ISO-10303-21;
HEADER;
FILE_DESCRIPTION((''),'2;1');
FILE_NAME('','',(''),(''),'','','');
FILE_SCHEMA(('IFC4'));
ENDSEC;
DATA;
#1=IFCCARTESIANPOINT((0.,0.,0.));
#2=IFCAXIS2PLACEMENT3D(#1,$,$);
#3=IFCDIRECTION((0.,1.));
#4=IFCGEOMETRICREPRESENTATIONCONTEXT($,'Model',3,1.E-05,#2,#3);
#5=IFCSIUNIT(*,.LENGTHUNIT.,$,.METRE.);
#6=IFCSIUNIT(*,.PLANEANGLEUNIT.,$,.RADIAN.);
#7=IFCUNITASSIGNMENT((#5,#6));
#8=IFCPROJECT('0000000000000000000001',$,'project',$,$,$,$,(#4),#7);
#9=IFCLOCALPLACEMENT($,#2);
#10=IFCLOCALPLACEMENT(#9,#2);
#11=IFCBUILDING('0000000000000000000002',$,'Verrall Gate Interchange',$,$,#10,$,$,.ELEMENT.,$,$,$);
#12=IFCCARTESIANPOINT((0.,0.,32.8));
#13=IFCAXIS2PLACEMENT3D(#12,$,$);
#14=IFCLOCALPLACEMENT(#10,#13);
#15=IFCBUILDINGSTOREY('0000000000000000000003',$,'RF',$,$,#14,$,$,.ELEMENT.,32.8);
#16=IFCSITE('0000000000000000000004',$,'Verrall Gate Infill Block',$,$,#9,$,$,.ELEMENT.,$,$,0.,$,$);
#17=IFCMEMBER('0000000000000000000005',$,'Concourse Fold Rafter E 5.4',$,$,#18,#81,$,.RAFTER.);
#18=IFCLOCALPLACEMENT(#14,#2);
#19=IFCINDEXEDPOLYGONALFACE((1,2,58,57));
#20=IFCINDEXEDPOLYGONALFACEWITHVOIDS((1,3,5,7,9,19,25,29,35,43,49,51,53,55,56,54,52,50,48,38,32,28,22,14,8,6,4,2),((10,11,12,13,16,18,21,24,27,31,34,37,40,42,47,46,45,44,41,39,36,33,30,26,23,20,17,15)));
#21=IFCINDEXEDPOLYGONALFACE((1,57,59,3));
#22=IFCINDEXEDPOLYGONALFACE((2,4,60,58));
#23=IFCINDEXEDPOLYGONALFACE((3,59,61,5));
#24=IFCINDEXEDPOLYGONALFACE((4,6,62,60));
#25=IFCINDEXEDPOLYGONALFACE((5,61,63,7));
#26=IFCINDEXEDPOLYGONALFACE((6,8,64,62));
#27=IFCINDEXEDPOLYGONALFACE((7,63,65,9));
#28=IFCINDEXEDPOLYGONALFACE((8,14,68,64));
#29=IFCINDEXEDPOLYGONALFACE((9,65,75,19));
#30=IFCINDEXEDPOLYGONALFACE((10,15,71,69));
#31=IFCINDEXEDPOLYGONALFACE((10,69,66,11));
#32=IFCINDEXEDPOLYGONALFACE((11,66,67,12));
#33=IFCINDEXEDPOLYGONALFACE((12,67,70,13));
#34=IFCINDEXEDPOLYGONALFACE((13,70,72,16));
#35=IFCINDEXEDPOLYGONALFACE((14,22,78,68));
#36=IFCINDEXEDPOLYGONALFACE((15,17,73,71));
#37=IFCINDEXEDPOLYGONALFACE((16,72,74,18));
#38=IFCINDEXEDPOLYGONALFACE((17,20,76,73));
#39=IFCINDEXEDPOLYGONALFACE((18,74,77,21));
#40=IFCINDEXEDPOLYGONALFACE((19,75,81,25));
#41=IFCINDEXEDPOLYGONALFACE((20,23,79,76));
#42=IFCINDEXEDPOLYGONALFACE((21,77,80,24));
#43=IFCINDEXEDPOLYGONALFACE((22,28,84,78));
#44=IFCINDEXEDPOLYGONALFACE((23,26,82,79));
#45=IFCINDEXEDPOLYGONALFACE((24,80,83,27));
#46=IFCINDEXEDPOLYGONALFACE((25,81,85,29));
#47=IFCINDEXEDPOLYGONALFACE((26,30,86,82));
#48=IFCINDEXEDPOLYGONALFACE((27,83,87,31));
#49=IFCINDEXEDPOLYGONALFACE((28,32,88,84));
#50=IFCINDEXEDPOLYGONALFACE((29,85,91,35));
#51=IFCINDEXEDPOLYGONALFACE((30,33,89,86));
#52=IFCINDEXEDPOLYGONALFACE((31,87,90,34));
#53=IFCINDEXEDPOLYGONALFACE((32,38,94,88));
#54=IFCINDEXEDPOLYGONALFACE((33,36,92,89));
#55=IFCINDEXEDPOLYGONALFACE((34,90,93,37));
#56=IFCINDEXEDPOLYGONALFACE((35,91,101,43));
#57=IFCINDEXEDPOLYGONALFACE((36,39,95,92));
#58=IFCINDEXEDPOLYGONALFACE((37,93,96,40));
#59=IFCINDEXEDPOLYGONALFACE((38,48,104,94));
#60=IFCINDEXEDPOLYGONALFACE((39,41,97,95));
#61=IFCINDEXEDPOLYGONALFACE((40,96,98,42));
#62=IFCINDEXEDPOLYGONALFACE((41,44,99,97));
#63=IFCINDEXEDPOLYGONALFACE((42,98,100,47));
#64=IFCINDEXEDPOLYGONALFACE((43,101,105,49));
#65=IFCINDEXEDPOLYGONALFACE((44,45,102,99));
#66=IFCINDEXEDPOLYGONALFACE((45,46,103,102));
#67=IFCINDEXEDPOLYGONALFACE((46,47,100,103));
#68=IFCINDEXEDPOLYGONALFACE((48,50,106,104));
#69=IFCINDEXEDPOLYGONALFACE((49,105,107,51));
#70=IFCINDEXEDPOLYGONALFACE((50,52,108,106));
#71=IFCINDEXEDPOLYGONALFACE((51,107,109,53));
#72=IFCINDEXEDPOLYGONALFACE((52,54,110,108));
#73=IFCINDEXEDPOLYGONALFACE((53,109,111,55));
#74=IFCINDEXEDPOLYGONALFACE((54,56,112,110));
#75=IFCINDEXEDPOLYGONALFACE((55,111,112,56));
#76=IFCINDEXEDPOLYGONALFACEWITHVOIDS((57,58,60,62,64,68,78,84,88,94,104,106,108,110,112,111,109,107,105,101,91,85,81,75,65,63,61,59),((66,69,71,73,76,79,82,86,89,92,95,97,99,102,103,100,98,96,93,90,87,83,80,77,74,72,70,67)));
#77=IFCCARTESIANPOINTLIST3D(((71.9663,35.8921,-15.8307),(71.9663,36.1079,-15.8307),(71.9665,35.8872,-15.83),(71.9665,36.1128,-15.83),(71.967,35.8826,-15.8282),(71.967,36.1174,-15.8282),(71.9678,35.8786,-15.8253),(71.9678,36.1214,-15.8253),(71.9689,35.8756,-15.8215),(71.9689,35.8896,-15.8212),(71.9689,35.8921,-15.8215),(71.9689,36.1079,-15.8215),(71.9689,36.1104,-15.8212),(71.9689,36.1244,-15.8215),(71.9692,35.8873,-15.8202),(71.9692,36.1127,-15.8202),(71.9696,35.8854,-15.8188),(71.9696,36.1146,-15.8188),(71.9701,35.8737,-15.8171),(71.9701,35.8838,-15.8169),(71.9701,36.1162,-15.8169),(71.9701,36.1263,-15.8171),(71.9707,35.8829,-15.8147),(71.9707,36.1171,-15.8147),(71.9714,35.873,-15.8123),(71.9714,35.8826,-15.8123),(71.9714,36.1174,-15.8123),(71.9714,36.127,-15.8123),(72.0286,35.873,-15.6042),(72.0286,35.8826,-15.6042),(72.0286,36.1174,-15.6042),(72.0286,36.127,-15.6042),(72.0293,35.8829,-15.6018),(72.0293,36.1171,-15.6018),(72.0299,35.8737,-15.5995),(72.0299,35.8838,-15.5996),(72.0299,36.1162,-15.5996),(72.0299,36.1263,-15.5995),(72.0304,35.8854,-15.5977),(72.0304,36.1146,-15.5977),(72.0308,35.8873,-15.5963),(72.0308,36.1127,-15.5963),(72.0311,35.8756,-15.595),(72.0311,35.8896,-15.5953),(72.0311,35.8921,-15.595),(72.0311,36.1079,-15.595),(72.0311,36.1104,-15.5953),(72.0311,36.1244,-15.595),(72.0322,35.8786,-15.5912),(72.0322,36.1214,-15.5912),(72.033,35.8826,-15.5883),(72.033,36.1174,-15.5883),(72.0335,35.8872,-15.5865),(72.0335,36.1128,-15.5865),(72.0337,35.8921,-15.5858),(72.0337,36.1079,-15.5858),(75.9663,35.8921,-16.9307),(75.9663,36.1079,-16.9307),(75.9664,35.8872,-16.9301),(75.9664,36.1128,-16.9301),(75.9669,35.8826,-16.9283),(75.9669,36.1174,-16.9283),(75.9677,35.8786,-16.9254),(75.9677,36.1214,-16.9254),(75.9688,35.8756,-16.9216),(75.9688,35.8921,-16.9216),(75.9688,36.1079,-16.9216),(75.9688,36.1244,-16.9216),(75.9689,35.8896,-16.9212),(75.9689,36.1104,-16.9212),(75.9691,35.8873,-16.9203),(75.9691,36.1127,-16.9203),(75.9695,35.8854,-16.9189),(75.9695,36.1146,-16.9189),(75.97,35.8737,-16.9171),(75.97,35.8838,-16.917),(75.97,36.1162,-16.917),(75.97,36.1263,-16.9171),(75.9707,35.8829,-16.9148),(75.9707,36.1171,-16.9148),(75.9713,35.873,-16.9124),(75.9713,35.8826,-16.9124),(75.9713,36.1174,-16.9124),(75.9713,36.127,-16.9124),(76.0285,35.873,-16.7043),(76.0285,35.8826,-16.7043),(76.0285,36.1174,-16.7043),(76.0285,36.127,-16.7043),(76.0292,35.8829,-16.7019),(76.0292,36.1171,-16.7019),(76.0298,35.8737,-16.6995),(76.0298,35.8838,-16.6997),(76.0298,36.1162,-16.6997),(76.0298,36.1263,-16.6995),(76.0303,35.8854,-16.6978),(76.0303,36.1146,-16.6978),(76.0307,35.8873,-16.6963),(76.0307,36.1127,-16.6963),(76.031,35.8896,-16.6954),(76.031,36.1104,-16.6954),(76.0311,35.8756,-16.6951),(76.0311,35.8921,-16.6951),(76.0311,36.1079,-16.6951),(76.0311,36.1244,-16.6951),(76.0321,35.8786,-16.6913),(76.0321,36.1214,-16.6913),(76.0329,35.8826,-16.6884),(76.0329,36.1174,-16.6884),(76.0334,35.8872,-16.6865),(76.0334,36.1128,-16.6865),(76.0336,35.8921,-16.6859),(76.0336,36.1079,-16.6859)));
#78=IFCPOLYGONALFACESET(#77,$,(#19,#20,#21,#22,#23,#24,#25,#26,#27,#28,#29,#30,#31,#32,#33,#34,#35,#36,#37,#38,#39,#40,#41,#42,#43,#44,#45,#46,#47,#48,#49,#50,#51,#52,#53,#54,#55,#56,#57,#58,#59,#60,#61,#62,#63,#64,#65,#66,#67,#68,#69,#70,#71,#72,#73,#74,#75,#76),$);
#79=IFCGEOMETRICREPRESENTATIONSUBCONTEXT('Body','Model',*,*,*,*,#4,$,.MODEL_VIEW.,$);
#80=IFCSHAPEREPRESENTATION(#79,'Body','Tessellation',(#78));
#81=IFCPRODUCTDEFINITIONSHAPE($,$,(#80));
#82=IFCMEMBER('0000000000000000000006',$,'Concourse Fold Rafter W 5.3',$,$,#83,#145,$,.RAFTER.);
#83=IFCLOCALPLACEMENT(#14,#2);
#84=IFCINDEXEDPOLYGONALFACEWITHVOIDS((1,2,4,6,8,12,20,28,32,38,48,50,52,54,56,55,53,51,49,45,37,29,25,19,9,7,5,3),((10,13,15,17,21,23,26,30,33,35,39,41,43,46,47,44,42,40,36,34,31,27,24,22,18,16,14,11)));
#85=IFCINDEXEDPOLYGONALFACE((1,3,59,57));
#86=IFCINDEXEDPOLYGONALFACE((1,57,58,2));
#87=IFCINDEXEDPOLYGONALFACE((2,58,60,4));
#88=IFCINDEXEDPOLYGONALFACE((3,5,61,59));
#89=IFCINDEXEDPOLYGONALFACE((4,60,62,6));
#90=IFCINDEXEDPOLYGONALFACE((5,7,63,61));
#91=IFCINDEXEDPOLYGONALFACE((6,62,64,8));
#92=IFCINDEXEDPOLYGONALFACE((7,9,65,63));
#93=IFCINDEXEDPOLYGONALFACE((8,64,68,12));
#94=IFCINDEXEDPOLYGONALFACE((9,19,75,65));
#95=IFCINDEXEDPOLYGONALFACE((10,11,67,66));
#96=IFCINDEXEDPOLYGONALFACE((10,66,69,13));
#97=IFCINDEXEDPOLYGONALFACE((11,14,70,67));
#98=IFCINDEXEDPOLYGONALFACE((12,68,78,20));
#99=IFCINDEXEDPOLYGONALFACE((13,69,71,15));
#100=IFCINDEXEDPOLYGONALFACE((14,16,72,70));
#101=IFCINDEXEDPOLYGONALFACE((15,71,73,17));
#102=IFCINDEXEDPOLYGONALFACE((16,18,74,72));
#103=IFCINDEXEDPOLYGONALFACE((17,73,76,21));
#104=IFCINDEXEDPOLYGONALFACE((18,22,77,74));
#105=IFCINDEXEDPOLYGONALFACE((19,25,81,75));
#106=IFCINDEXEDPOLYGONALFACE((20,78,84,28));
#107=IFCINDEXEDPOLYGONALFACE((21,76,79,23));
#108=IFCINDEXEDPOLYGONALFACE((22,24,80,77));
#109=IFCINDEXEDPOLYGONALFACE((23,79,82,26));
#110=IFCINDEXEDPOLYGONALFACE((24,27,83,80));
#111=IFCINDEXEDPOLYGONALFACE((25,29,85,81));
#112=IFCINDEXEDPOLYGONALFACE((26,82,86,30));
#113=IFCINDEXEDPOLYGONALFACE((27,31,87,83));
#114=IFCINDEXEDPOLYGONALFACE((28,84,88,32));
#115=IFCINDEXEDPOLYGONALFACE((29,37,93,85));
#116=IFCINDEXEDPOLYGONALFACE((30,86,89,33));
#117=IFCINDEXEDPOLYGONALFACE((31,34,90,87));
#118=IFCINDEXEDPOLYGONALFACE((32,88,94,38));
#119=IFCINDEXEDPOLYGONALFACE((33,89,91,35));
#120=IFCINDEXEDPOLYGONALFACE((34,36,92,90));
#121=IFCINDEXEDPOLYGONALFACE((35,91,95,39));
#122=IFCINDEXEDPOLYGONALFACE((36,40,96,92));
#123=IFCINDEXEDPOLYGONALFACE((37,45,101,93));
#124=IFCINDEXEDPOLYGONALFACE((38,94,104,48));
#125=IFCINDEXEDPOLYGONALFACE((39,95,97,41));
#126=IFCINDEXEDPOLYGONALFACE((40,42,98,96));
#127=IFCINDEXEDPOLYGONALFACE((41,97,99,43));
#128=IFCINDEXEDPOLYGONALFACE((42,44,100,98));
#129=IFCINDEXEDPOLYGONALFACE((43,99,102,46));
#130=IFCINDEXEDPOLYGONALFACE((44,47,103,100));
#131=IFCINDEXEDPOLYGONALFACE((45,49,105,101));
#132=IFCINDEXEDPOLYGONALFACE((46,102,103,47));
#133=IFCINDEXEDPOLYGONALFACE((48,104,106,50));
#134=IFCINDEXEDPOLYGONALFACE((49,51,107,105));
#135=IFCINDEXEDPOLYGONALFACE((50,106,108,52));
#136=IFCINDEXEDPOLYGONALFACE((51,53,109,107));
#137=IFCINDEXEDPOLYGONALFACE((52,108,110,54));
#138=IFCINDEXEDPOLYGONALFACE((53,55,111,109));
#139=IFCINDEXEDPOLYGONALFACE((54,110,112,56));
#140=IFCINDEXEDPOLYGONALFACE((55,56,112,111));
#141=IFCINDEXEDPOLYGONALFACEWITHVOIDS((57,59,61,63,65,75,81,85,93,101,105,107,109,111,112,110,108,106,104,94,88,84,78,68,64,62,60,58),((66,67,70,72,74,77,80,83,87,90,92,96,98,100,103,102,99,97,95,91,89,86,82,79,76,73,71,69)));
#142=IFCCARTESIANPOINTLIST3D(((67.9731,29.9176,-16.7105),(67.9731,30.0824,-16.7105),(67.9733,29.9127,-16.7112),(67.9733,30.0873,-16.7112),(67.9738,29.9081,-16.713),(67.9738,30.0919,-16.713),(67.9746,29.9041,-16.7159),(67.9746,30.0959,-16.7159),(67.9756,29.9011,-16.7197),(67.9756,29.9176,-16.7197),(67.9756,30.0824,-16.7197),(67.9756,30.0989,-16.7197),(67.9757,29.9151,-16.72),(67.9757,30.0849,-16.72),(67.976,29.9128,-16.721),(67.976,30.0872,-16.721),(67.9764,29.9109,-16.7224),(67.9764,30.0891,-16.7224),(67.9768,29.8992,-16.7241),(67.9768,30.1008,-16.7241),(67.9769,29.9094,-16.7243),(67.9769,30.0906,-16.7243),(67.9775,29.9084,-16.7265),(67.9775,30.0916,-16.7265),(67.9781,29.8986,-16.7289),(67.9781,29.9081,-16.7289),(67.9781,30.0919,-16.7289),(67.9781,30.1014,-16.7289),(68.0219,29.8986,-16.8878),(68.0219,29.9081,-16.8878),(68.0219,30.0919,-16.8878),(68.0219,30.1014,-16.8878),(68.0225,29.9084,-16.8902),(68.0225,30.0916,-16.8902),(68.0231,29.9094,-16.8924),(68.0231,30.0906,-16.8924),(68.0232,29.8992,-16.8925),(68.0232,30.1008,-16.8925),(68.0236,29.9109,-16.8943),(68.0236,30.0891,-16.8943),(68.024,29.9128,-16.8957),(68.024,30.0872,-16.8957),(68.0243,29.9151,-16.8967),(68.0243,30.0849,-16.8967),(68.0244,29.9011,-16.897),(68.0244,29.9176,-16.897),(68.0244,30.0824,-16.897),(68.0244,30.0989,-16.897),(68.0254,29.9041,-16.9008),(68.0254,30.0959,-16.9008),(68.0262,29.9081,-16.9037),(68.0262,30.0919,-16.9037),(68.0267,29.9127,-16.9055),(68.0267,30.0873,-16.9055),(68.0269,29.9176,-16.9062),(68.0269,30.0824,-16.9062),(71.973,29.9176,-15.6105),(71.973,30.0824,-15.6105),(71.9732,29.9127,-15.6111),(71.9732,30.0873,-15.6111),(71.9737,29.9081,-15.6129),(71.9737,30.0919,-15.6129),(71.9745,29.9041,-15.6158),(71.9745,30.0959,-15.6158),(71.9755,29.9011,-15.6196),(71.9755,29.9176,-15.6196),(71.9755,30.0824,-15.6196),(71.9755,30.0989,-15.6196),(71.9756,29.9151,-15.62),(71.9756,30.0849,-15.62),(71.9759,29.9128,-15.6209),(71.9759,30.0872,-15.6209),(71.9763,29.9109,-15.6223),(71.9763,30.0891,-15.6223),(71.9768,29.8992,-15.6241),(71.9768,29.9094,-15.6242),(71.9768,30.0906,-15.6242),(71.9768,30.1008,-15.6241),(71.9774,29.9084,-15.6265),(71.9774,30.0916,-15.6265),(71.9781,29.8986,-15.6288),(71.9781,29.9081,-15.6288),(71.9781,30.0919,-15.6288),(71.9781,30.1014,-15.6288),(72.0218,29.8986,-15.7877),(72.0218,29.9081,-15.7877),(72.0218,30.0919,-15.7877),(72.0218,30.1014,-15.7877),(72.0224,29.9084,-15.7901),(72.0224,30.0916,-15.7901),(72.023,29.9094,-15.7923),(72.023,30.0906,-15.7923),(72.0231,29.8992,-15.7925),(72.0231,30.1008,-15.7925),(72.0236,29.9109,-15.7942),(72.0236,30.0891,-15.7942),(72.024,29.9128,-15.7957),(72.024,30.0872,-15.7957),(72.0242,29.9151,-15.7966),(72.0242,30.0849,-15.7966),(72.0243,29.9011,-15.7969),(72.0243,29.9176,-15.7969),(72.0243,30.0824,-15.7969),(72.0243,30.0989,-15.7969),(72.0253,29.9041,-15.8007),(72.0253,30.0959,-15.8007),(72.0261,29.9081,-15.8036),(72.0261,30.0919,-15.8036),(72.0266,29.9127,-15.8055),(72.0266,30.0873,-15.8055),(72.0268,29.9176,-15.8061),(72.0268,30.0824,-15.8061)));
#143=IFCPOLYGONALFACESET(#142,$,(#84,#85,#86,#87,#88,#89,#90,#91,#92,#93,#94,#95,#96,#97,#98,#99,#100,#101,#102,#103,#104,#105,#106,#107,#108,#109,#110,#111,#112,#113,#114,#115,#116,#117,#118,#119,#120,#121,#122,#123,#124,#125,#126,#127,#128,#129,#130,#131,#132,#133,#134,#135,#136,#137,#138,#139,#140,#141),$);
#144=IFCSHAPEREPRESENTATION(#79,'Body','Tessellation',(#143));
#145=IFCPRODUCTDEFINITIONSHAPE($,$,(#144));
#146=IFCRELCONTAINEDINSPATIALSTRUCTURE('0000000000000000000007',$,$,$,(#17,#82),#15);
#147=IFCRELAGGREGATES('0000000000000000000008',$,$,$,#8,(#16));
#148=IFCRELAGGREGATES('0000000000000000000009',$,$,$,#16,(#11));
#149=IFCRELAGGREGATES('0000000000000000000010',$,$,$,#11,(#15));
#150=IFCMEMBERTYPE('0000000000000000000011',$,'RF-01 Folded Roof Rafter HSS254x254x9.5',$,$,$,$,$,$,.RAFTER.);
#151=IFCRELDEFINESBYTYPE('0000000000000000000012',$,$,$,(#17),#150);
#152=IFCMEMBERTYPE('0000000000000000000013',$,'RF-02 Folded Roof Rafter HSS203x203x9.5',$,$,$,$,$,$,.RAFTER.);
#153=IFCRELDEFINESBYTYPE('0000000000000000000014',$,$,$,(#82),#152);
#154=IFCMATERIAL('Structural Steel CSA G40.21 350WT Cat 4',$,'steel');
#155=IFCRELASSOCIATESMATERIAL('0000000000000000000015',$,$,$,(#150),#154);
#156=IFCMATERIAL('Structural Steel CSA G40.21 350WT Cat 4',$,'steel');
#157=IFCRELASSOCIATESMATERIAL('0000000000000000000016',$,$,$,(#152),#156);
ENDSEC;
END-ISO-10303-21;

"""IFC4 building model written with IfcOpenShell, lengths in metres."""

from ifc_helpers import new_model, si_unit, direction, frame, origin, origin_2d, place, context, subcontext, project, spatial, hollow_rectangle, extrude, material, material_profile, profile_set, type_object, element, save


model = new_model("IFC4")

# Units and contexts
model_context = context("Model", 3, precision=1e-05, world=origin(), true_north=direction((0.0, 1.0)))
body_context = subcontext(model_context, "Body", "Model", "MODEL_VIEW")
ifc_project = project(units=[si_unit("LENGTHUNIT", "METRE"), si_unit("PLANEANGLEUNIT", "RADIAN")], contexts=[model_context])

# Site, building, storey
site_placement = place(None, origin())
site = spatial("IfcSite", under=ifc_project, at=site_placement, Name="Verrall Gate Infill Block", CompositionType="ELEMENT", RefElevation=0.0)
building_placement = place(site_placement, origin())
building = spatial("IfcBuilding", under=site, at=building_placement, Name="Verrall Gate Interchange", CompositionType="ELEMENT")
storey_placement = place(building_placement, frame((0.0, 0.0, 32.8)))
storey = spatial("IfcBuildingStorey", under=building, at=storey_placement, Name="RF", CompositionType="ELEMENT", Elevation=32.8)

# Members
ifc_material_1 = material(Name="Structural Steel CSA G40.21 350WT Cat 4", Category="steel")
ifc_material_profile_1 = material_profile(ifc_material_1, hollow_rectangle(XDim=0.2539, YDim=0.2539, WallThickness=0.0095, InnerFilletRadius=0.0095, OuterFilletRadius=0.019, at=origin_2d()), Name="HSS254x254x9.5")
ifc_profile_set_1 = profile_set([ifc_material_profile_1], Name="Structural Steel CSA G40.21 350WT Cat 4")
member_type_1 = type_object("IfcMemberType", Name="RF-01 Folded Roof Rafter HSS254x254x9.5", PredefinedType="RAFTER", material=ifc_profile_set_1)
for number, where, z_axis, x_axis, name in (
    (1, (72.0, 36.0, -15.7083), (0.964199, 0.0, -0.265178), (0.0, 1.0, 0.0), "Concourse Fold Rafter E 5.4"),
):
    element("IfcMember", number, at=place(storey_placement, frame(where, z_axis=z_axis, x_axis=x_axis)), inside=storey, type_object=member_type_1, Name=name, PredefinedType="RAFTER", context=body_context, shape_type="SweptSolid", body=[
        extrude(hollow_rectangle(XDim=0.2539, YDim=0.2539, WallThickness=0.0095, InnerFilletRadius=0.0095, OuterFilletRadius=0.019, at=origin_2d()), origin(), (0.0, 0.0, 1.0), 4.1484),
    ])
ifc_material_2 = material(Name="Structural Steel CSA G40.21 350WT Cat 4", Category="steel")
ifc_material_profile_2 = material_profile(ifc_material_2, hollow_rectangle(XDim=0.2029, YDim=0.2029, WallThickness=0.0095, InnerFilletRadius=0.0095, OuterFilletRadius=0.019, at=origin_2d()), Name="HSS203x203x9.5")
ifc_profile_set_2 = profile_set([ifc_material_profile_2], Name="Structural Steel CSA G40.21 350WT Cat 4")
member_type_2 = type_object("IfcMemberType", Name="RF-02 Folded Roof Rafter HSS203x203x9.5", PredefinedType="RAFTER", material=ifc_profile_set_2)
for number, where, z_axis, x_axis, name in (
    (2, (68.0, 30.0, -16.8083), (0.964199, 0.0, 0.265178), (0.0, 1.0, 0.0), "Concourse Fold Rafter W 5.3"),
):
    element("IfcMember", number, at=place(storey_placement, frame(where, z_axis=z_axis, x_axis=x_axis)), inside=storey, type_object=member_type_2, Name=name, PredefinedType="RAFTER", context=body_context, shape_type="SweptSolid", body=[
        extrude(hollow_rectangle(XDim=0.2029, YDim=0.2029, WallThickness=0.0095, InnerFilletRadius=0.0095, OuterFilletRadius=0.019, at=origin_2d()), origin(), (0.0, 0.0, 1.0), 4.1484),
    ])

save(model, "model.ifc")
